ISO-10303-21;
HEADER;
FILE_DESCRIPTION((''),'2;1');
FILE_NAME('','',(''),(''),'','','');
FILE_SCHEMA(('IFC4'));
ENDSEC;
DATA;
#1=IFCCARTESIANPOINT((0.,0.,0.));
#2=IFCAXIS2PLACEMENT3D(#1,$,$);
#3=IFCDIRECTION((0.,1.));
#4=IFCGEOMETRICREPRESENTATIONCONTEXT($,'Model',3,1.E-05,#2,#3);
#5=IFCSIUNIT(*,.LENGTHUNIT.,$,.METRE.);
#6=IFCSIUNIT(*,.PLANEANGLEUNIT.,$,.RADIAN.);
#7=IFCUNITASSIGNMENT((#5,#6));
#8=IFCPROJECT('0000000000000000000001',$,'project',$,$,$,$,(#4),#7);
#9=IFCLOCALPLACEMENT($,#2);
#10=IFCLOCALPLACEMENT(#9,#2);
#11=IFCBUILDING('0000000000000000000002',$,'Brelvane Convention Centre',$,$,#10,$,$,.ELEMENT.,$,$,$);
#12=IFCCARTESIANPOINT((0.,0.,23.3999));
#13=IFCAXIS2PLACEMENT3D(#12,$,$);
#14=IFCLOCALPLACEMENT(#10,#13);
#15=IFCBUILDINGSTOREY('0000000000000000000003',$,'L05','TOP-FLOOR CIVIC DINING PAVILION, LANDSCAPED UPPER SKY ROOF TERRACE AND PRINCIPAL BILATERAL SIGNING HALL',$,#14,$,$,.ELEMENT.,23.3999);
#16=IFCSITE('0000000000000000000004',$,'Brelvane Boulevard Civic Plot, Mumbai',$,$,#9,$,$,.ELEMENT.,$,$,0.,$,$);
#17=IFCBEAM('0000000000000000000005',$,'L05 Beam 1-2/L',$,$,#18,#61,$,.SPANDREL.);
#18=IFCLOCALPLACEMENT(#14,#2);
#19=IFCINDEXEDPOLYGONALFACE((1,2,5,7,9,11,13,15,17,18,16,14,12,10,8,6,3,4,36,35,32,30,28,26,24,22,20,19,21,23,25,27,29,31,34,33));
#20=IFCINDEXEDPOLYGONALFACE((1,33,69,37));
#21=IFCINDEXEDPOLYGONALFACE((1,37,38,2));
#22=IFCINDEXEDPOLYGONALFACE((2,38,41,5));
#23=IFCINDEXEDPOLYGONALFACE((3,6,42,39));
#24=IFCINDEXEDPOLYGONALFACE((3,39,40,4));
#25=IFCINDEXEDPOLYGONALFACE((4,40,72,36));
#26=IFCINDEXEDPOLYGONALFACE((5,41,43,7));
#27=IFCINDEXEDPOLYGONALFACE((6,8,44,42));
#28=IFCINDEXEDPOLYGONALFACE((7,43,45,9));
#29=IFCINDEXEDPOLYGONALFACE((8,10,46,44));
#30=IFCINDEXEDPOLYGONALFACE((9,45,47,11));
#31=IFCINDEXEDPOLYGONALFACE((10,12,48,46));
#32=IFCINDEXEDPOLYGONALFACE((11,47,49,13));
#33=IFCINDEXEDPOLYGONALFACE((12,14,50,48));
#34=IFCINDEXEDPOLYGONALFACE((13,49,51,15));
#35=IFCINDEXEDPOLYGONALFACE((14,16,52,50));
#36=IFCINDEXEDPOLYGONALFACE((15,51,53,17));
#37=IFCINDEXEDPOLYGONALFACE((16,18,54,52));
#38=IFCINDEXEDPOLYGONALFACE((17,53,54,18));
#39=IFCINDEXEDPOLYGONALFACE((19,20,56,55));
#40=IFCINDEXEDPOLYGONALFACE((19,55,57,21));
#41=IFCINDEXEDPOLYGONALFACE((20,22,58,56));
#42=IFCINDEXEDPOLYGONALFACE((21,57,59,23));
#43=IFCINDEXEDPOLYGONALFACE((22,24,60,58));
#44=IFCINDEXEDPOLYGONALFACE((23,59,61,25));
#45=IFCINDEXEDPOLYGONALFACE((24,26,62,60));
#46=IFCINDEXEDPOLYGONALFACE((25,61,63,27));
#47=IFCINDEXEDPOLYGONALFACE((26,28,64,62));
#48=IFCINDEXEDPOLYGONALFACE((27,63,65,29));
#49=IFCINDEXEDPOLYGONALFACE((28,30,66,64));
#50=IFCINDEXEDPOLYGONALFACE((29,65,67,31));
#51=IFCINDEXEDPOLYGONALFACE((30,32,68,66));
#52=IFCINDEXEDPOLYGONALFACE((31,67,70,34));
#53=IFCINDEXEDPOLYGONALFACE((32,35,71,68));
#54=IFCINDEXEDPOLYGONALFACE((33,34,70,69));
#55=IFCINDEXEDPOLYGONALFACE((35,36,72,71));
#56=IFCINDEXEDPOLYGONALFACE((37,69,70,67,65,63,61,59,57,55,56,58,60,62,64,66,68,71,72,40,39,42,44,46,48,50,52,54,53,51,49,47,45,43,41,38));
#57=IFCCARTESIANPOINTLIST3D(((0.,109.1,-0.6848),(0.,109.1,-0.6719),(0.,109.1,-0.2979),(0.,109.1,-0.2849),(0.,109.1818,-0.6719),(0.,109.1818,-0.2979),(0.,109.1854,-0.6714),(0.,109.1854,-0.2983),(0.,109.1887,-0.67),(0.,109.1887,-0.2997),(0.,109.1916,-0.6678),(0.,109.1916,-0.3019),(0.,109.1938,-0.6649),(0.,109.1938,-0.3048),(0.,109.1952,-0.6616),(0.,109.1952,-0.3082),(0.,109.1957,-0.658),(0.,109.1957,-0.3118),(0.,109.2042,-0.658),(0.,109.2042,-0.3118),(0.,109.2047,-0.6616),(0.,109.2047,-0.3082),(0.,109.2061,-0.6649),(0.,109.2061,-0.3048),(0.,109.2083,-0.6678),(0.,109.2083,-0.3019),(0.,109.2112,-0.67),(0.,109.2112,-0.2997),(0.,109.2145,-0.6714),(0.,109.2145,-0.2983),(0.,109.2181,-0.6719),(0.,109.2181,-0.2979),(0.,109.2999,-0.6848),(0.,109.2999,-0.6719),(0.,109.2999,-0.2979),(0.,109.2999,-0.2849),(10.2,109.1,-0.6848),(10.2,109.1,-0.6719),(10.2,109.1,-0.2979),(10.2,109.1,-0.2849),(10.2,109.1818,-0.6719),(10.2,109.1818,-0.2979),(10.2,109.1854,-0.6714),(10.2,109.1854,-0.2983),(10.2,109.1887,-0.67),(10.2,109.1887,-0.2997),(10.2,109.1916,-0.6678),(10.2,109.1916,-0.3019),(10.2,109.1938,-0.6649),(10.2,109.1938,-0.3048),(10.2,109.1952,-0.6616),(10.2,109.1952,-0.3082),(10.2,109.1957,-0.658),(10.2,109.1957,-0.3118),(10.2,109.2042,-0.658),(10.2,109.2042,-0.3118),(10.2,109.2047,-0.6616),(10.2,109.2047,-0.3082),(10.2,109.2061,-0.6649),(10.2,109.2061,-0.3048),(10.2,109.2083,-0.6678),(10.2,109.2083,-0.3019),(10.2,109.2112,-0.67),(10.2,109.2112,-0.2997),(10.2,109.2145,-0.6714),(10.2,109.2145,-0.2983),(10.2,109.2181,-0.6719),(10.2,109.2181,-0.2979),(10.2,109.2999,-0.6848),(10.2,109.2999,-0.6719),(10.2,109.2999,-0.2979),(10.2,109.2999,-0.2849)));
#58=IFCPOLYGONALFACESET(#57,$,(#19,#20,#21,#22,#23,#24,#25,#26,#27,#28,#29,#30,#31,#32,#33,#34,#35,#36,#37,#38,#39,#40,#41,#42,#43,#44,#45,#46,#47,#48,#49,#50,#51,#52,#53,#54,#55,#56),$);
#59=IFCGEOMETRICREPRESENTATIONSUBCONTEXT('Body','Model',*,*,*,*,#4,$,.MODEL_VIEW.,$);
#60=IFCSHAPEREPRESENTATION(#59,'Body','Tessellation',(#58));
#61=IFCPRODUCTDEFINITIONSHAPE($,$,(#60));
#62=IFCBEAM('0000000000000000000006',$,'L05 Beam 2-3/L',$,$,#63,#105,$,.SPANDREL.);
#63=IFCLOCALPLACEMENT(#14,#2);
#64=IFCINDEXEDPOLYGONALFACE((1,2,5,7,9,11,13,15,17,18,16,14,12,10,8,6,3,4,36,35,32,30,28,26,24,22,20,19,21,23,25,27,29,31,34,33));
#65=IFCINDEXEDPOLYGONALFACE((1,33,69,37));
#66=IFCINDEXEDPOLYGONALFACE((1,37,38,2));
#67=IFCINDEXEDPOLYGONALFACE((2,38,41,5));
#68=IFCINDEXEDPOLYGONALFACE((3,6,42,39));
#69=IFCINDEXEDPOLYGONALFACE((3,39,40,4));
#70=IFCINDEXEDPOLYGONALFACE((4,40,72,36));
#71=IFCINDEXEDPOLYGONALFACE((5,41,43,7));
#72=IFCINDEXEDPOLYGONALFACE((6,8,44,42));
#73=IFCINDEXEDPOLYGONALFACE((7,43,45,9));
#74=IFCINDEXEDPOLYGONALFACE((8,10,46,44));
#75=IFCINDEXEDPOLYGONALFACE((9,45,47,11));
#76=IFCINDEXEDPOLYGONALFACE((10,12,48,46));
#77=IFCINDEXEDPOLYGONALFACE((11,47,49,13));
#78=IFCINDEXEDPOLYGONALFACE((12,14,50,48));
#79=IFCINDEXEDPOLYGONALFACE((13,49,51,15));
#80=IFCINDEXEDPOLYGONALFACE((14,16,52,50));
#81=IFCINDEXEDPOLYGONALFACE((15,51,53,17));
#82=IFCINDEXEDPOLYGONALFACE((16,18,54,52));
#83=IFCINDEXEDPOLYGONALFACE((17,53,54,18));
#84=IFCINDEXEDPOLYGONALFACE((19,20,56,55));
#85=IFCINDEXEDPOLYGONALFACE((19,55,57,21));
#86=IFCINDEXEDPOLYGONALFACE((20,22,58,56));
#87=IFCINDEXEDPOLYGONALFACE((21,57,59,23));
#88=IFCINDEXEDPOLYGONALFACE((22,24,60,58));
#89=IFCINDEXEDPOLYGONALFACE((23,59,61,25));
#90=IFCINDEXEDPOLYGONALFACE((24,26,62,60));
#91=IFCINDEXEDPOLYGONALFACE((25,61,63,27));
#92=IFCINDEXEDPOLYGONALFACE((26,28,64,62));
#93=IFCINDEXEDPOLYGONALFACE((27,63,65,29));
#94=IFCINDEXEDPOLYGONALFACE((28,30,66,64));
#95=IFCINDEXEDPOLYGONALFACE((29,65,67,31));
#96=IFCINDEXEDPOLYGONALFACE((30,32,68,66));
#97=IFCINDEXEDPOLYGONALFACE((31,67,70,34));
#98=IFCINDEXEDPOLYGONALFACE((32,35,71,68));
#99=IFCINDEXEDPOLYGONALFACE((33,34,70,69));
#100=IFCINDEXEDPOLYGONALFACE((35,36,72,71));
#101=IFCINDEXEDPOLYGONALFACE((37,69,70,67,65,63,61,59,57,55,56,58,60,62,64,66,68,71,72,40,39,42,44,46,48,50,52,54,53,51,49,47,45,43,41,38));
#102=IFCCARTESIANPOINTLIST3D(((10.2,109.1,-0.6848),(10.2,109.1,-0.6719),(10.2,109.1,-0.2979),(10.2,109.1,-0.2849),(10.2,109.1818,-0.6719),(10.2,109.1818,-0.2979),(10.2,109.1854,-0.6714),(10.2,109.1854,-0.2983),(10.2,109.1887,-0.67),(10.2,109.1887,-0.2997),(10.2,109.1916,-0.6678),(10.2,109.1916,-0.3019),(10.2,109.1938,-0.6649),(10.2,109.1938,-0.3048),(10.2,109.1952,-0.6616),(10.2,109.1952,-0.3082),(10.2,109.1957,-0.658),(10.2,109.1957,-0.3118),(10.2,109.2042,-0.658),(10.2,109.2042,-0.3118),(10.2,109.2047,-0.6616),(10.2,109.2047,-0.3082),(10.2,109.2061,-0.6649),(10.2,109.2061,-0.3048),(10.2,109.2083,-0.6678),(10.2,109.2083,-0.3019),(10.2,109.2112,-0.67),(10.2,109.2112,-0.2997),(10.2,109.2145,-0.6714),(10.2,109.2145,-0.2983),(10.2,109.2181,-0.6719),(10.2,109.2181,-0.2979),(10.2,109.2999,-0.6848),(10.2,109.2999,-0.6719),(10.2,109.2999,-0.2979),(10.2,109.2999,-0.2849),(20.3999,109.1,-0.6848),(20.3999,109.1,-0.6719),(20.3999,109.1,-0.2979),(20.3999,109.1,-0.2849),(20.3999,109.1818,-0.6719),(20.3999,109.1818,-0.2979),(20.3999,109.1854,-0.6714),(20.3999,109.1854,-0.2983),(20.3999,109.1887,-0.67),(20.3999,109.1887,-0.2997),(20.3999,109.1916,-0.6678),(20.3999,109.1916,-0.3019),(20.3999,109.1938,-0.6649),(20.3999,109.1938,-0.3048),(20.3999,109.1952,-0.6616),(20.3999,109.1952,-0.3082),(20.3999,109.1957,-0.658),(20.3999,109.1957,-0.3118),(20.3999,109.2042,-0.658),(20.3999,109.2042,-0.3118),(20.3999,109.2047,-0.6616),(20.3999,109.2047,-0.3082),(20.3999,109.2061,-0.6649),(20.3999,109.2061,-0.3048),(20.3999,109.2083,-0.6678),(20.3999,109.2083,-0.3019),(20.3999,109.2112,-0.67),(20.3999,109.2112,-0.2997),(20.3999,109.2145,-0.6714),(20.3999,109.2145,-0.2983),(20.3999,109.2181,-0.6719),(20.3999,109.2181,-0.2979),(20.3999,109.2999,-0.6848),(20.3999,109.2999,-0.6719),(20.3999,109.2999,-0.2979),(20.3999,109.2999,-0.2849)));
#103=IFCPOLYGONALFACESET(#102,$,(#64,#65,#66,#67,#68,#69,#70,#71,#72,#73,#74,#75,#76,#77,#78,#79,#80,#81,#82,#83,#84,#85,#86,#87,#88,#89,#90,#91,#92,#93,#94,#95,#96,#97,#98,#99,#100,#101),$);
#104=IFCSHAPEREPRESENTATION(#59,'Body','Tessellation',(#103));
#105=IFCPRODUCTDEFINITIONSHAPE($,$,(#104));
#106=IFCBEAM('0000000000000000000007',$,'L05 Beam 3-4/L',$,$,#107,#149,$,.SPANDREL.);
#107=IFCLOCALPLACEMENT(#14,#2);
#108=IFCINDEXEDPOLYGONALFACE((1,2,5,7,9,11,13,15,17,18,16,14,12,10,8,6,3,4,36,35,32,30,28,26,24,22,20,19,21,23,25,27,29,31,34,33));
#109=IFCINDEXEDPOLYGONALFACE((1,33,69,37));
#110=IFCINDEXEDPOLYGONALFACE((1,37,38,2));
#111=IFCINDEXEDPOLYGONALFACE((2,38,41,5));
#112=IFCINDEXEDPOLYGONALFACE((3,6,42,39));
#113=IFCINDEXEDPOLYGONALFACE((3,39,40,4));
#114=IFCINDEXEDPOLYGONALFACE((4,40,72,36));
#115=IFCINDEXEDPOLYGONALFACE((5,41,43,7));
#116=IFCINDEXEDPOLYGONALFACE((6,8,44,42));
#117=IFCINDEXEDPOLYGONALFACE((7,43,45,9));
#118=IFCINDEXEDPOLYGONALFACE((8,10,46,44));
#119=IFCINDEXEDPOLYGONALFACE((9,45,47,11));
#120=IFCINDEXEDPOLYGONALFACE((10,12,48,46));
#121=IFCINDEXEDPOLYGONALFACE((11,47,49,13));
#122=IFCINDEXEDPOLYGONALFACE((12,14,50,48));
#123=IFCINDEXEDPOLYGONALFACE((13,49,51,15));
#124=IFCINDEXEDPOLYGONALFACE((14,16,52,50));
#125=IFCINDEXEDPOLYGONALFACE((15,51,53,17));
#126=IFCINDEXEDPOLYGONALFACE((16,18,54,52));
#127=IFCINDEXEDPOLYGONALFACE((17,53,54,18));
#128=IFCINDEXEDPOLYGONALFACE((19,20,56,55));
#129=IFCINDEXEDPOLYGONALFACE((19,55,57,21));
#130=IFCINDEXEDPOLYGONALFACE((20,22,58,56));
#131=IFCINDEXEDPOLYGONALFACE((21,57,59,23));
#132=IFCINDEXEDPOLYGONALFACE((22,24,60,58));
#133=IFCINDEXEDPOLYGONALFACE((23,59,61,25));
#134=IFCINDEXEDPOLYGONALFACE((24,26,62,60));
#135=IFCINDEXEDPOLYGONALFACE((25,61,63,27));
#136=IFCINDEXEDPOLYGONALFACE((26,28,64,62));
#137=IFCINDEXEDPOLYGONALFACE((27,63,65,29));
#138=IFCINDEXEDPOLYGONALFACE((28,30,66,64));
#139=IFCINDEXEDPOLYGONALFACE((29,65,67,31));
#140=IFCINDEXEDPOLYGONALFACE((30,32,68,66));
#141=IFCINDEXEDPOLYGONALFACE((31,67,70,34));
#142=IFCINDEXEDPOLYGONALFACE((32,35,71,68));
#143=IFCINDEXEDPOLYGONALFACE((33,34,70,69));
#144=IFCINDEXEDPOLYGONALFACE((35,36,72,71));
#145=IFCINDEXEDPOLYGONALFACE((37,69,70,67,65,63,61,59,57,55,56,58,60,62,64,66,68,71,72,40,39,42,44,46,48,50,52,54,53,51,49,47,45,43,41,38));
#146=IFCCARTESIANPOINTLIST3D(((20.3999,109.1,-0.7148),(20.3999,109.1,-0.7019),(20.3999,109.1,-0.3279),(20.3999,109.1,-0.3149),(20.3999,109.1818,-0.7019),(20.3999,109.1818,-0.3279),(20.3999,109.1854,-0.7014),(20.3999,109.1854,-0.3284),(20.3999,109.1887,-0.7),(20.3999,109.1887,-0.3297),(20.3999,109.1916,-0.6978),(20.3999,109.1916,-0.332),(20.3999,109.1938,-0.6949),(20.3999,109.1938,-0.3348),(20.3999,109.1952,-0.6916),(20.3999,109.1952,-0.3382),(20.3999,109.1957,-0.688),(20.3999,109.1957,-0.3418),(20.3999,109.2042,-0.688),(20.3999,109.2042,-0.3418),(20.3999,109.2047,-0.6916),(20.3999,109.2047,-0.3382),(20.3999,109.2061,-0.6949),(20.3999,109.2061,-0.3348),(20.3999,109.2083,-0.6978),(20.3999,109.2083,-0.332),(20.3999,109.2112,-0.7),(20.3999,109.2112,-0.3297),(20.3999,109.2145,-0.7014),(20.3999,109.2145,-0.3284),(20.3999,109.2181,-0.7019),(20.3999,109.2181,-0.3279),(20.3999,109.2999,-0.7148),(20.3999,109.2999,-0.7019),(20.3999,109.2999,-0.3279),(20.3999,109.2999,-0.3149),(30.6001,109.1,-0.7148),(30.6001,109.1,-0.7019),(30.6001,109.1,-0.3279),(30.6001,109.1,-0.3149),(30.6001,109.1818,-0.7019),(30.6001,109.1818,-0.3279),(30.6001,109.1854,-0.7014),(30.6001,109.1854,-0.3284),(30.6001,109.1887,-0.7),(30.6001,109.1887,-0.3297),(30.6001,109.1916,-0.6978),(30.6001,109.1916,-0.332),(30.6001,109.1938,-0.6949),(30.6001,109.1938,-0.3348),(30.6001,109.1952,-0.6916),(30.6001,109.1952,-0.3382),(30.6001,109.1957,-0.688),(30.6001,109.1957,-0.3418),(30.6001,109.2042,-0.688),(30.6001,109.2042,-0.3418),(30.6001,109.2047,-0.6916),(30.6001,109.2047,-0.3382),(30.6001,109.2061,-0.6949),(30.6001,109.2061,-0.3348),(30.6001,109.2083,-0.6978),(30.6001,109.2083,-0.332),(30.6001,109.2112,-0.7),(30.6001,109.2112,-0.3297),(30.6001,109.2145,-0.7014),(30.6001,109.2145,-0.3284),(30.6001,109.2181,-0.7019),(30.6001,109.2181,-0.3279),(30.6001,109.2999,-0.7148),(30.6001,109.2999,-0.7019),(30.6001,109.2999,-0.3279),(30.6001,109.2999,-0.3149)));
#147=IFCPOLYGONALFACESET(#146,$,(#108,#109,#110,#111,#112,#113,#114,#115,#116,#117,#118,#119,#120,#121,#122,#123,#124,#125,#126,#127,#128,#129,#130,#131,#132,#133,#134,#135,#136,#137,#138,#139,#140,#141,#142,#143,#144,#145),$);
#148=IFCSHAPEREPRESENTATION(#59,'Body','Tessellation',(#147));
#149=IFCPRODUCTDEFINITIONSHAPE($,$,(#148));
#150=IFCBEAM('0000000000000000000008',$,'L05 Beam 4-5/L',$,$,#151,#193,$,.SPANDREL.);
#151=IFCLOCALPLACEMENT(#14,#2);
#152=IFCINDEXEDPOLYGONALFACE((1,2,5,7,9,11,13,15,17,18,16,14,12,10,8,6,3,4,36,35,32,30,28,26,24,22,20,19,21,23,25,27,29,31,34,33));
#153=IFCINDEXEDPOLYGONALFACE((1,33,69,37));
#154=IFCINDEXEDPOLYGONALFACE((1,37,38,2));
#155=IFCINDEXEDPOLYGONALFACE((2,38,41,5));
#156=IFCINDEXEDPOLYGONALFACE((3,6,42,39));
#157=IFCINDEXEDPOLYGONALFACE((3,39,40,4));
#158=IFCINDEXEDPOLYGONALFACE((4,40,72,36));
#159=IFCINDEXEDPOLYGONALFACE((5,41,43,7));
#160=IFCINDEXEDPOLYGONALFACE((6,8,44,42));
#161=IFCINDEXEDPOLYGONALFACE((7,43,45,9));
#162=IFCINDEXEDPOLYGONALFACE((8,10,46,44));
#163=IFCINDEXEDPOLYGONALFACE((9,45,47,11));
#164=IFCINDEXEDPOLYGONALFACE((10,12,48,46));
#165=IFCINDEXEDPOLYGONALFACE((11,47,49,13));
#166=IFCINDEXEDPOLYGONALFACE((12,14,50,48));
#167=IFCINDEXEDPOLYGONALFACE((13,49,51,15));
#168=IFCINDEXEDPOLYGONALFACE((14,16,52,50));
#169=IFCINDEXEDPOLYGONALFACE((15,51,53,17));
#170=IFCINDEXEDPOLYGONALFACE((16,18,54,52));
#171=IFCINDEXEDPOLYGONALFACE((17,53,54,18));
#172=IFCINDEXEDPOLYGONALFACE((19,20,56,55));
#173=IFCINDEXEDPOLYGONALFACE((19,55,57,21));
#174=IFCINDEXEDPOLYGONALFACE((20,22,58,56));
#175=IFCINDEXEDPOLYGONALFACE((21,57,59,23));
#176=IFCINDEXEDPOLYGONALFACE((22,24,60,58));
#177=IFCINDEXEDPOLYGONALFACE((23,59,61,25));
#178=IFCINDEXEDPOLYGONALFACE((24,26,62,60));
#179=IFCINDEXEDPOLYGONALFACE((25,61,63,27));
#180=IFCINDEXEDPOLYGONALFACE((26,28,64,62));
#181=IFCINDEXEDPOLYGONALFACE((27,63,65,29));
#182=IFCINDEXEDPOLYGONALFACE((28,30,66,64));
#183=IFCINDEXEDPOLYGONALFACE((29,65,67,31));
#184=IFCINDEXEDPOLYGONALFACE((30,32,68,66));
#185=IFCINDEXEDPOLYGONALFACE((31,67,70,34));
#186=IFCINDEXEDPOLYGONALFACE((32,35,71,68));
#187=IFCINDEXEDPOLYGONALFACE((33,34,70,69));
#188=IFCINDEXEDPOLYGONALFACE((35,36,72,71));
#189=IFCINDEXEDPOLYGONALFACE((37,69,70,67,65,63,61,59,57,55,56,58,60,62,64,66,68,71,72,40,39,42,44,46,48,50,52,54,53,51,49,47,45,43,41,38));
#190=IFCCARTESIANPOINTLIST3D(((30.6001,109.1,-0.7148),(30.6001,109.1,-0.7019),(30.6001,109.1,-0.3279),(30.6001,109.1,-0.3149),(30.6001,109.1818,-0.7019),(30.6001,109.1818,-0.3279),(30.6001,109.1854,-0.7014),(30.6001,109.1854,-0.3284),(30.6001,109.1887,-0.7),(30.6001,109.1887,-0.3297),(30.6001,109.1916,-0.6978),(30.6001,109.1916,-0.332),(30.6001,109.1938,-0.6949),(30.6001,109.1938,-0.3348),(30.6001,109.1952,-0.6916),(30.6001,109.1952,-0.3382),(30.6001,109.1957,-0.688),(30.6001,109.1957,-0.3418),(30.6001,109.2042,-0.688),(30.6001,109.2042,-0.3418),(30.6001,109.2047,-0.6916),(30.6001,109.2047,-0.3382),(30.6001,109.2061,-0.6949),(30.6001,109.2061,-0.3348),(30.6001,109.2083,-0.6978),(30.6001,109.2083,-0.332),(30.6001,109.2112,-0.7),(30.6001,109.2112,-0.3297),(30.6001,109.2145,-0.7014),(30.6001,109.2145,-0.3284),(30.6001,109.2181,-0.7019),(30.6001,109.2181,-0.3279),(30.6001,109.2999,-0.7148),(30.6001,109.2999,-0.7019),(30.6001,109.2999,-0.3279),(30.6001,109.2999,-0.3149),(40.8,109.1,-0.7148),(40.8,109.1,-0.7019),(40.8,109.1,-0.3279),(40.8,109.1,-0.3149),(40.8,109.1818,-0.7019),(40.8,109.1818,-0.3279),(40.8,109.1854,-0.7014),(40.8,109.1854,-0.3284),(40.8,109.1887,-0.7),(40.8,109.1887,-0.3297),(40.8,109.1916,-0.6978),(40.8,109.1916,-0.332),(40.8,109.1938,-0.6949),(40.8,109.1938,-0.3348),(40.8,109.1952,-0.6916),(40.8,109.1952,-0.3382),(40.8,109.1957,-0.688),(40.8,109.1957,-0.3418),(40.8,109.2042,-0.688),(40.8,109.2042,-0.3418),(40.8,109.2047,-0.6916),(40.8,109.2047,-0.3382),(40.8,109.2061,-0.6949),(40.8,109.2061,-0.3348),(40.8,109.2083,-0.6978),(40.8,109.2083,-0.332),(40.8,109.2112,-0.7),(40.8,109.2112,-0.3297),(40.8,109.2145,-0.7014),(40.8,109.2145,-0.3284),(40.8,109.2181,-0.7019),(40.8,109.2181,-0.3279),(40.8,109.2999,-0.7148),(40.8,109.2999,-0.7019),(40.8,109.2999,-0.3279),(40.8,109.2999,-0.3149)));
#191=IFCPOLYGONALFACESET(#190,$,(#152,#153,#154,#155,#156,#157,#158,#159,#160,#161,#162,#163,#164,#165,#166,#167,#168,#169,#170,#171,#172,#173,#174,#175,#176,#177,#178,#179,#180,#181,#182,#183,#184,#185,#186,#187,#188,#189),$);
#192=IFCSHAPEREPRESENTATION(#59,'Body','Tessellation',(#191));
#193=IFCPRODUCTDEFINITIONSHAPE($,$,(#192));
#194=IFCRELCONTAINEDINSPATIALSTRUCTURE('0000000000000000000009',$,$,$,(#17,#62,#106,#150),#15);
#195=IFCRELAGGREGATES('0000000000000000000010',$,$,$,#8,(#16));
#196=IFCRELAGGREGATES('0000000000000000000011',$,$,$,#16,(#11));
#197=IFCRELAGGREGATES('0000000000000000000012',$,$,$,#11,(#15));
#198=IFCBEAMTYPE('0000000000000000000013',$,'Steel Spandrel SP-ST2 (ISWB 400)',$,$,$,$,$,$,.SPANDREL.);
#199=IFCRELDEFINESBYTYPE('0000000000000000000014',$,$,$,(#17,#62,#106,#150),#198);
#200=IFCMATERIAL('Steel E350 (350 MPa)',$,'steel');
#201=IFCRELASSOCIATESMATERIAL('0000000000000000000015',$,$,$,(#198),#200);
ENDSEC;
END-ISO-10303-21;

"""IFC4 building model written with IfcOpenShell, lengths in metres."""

from ifc_helpers import new_model, si_unit, direction, frame, origin, origin_2d, place, context, subcontext, project, spatial, i_section, extrude, material, material_profile, profile_set, type_object, element, save


model = new_model("IFC4")

# Units and contexts
model_context = context("Model", 3, precision=1e-05, world=origin(), true_north=direction((0.0, 1.0)))
body_context = subcontext(model_context, "Body", "Model", "MODEL_VIEW")
ifc_project = project(units=[si_unit("LENGTHUNIT", "METRE"), si_unit("PLANEANGLEUNIT", "RADIAN")], contexts=[model_context])

# Site, building, storey
site_placement = place(None, origin())
site = spatial("IfcSite", under=ifc_project, at=site_placement, Name="Brelvane Boulevard Civic Plot, Mumbai", CompositionType="ELEMENT", RefElevation=0.0)
building_placement = place(site_placement, origin())
building = spatial("IfcBuilding", under=site, at=building_placement, Name="Brelvane Convention Centre", CompositionType="ELEMENT")
storey_placement = place(building_placement, frame((0.0, 0.0, 23.3999)))
storey = spatial("IfcBuildingStorey", under=building, at=storey_placement, Name="L05", Description="TOP-FLOOR CIVIC DINING PAVILION, LANDSCAPED UPPER SKY ROOF TERRACE AND PRINCIPAL BILATERAL SIGNING HALL", CompositionType="ELEMENT", Elevation=23.3999)

# Beams
ifc_material_1 = material(Name="Steel E350 (350 MPa)", Category="steel")
ifc_material_profile_1 = material_profile(ifc_material_1, i_section(OverallWidth=0.2, OverallDepth=0.3999, WebThickness=0.0085, FlangeThickness=0.0129, FilletRadius=0.0139, at=origin_2d()), Name="ISWB 400")
ifc_profile_set_1 = profile_set([ifc_material_profile_1], Name="Steel E350 (350 MPa)")
beam_type_1 = type_object("IfcBeamType", Name="Steel Spandrel SP-ST2 (ISWB 400)", PredefinedType="SPANDREL", material=ifc_profile_set_1)
for number, where, z_axis, x_axis, name in (
    (1, (0.0, 109.2, -0.4849), (1.0, 0.0, 0.0), (0.0, 1.0, 0.0), "L05 Beam 1-2/L"),
    (2, (10.2, 109.2, -0.4849), (1.0, 0.0, 0.0), (0.0, 1.0, 0.0), "L05 Beam 2-3/L"),
):
    element("IfcBeam", number, at=place(storey_placement, frame(where, z_axis=z_axis, x_axis=x_axis)), inside=storey, type_object=beam_type_1, Name=name, PredefinedType="SPANDREL", context=body_context, shape_type="SweptSolid", body=[
        extrude(i_section(OverallWidth=0.2, OverallDepth=0.3999, WebThickness=0.0085, FlangeThickness=0.0129, FilletRadius=0.0139, at=origin_2d()), origin(), (0.0, 0.0, 1.0), 10.2),
    ])
beam_1_placement = place(storey_placement, frame((20.3999, 109.2, -0.5149), z_axis=(1.0, 0.0, 0.0), x_axis=(0.0, 1.0, 0.0)))
element("IfcBeam", 3, at=beam_1_placement, inside=storey, type_object=beam_type_1, Name="L05 Beam 3-4/L", PredefinedType="SPANDREL", context=body_context, shape_type="SweptSolid", body=[
    extrude(i_section(OverallWidth=0.2, OverallDepth=0.3999, WebThickness=0.0085, FlangeThickness=0.0129, FilletRadius=0.0139, at=origin_2d()), origin(), (0.0, 0.0, 1.0), 10.2002),
])
for number, where, z_axis, x_axis, name in (
    (4, (30.6001, 109.2, -0.5149), (1.0, 0.0, 0.0), (0.0, 1.0, 0.0), "L05 Beam 4-5/L"),
):
    element("IfcBeam", number, at=place(storey_placement, frame(where, z_axis=z_axis, x_axis=x_axis)), inside=storey, type_object=beam_type_1, Name=name, PredefinedType="SPANDREL", context=body_context, shape_type="SweptSolid", body=[
        extrude(i_section(OverallWidth=0.2, OverallDepth=0.3999, WebThickness=0.0085, FlangeThickness=0.0129, FilletRadius=0.0139, at=origin_2d()), origin(), (0.0, 0.0, 1.0), 10.2),
    ])

save(model, "model.ifc")
